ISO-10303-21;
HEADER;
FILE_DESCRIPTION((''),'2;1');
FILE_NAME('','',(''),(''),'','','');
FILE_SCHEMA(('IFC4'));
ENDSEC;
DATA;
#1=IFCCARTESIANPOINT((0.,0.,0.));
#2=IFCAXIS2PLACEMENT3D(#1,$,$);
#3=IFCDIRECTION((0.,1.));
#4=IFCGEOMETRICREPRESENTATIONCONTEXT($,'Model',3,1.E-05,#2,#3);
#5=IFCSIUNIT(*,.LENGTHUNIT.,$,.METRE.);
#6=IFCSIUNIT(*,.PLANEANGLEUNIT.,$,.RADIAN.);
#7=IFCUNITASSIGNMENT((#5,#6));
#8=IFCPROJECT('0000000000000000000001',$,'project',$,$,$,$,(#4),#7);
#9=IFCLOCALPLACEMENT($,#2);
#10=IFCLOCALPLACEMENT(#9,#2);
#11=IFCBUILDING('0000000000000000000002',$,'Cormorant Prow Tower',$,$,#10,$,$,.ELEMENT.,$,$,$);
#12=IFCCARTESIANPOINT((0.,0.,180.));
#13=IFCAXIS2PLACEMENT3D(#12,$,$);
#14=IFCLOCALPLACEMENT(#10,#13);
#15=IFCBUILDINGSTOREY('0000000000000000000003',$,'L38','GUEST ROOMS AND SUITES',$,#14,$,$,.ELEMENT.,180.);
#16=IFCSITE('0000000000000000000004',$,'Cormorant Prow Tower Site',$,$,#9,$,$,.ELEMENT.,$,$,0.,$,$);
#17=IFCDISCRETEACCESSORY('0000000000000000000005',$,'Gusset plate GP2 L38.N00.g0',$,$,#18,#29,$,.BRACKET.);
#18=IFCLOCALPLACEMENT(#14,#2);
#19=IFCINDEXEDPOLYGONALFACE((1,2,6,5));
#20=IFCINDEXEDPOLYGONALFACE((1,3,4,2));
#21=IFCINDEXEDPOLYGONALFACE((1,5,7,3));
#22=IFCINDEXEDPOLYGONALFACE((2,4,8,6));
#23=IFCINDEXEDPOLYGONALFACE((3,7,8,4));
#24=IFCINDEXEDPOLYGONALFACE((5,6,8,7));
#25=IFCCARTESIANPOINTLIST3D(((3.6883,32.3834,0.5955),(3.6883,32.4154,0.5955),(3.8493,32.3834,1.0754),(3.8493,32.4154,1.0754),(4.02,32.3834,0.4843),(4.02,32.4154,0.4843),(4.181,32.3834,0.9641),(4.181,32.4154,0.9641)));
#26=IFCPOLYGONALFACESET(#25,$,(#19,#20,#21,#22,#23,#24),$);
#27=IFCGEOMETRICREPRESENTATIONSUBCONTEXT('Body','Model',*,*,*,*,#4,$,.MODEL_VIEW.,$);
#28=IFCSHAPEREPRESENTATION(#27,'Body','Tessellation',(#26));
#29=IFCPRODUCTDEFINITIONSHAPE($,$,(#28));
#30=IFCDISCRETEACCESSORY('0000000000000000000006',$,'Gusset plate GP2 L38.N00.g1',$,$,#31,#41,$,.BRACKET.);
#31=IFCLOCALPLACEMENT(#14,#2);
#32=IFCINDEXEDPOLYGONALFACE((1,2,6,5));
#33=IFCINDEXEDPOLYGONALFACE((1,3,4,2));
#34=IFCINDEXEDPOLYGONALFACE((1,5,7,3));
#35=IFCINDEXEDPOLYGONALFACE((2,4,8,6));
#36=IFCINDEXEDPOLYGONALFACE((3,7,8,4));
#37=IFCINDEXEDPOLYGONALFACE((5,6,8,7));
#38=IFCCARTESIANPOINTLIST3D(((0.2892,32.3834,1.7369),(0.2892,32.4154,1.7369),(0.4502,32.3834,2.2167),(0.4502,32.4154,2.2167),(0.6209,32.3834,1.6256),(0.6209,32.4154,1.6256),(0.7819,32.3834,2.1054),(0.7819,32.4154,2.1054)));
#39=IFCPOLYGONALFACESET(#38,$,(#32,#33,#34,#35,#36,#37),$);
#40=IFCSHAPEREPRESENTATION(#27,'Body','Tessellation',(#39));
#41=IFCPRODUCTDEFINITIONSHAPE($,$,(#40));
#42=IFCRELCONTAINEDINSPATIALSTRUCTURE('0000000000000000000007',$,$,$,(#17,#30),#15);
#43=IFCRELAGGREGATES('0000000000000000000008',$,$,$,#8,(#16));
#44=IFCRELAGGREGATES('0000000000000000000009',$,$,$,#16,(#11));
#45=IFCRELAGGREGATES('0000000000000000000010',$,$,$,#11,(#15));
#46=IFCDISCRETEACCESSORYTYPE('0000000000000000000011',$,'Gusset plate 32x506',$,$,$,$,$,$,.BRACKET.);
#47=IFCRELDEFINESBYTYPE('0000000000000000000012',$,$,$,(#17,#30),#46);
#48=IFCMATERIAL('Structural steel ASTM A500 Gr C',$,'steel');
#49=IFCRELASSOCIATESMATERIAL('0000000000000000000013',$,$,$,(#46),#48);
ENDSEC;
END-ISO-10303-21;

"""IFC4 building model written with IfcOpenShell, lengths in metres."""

from ifc_helpers import new_model, si_unit, direction, frame, origin, origin_2d, place, context, subcontext, project, spatial, rectangle, extrude, material, material_profile, profile_set, type_object, element, save


model = new_model("IFC4")

# Units and contexts
model_context = context("Model", 3, precision=1e-05, world=origin(), true_north=direction((0.0, 1.0)))
body_context = subcontext(model_context, "Body", "Model", "MODEL_VIEW")
ifc_project = project(units=[si_unit("LENGTHUNIT", "METRE"), si_unit("PLANEANGLEUNIT", "RADIAN")], contexts=[model_context])

# Site, building, storey
site_placement = place(None, origin())
site = spatial("IfcSite", under=ifc_project, at=site_placement, Name="Cormorant Prow Tower Site", CompositionType="ELEMENT", RefElevation=0.0)
building_placement = place(site_placement, origin())
building = spatial("IfcBuilding", under=site, at=building_placement, Name="Cormorant Prow Tower", CompositionType="ELEMENT")
storey_placement = place(building_placement, frame((0.0, 0.0, 180.0)))
storey = spatial("IfcBuildingStorey", under=building, at=storey_placement, Name="L38", Description="GUEST ROOMS AND SUITES", CompositionType="ELEMENT", Elevation=180.0)

# Discrete accessories
ifc_material_1 = material(Name="Structural steel ASTM A500 Gr C", Category="steel")
ifc_material_profile_1 = material_profile(ifc_material_1, rectangle(XDim=0.032, YDim=0.5061, at=origin_2d()), Name="Gusset plate 32x506")
ifc_profile_set_1 = profile_set([ifc_material_profile_1], Name="Structural steel ASTM A500 Gr C")
discrete_accessory_type = type_object("IfcDiscreteAccessoryType", Name="Gusset plate 32x506", PredefinedType="BRACKET", material=ifc_profile_set_1)
for number, where, z_axis, x_axis, name in (
    (1, (3.7688, 32.3994, 0.8354), (0.948054, 0.0, -0.318111), (0.0, 1.0, 0.0), "Gusset plate GP2 L38.N00.g0"),
    (2, (0.7014, 32.3994, 1.8655), (-0.948054, 0.0, 0.318111), (0.0, -1.0, 0.0), "Gusset plate GP2 L38.N00.g1"),
):
    element("IfcDiscreteAccessory", number, at=place(storey_placement, frame(where, z_axis=z_axis, x_axis=x_axis)), inside=storey, type_object=discrete_accessory_type, Name=name, PredefinedType="BRACKET", context=body_context, shape_type="SweptSolid", body=[
        extrude(rectangle(XDim=0.032, YDim=0.5061, at=origin_2d()), origin(), (0.0, 0.0, 1.0), 0.3499),
    ])

save(model, "model.ifc")
